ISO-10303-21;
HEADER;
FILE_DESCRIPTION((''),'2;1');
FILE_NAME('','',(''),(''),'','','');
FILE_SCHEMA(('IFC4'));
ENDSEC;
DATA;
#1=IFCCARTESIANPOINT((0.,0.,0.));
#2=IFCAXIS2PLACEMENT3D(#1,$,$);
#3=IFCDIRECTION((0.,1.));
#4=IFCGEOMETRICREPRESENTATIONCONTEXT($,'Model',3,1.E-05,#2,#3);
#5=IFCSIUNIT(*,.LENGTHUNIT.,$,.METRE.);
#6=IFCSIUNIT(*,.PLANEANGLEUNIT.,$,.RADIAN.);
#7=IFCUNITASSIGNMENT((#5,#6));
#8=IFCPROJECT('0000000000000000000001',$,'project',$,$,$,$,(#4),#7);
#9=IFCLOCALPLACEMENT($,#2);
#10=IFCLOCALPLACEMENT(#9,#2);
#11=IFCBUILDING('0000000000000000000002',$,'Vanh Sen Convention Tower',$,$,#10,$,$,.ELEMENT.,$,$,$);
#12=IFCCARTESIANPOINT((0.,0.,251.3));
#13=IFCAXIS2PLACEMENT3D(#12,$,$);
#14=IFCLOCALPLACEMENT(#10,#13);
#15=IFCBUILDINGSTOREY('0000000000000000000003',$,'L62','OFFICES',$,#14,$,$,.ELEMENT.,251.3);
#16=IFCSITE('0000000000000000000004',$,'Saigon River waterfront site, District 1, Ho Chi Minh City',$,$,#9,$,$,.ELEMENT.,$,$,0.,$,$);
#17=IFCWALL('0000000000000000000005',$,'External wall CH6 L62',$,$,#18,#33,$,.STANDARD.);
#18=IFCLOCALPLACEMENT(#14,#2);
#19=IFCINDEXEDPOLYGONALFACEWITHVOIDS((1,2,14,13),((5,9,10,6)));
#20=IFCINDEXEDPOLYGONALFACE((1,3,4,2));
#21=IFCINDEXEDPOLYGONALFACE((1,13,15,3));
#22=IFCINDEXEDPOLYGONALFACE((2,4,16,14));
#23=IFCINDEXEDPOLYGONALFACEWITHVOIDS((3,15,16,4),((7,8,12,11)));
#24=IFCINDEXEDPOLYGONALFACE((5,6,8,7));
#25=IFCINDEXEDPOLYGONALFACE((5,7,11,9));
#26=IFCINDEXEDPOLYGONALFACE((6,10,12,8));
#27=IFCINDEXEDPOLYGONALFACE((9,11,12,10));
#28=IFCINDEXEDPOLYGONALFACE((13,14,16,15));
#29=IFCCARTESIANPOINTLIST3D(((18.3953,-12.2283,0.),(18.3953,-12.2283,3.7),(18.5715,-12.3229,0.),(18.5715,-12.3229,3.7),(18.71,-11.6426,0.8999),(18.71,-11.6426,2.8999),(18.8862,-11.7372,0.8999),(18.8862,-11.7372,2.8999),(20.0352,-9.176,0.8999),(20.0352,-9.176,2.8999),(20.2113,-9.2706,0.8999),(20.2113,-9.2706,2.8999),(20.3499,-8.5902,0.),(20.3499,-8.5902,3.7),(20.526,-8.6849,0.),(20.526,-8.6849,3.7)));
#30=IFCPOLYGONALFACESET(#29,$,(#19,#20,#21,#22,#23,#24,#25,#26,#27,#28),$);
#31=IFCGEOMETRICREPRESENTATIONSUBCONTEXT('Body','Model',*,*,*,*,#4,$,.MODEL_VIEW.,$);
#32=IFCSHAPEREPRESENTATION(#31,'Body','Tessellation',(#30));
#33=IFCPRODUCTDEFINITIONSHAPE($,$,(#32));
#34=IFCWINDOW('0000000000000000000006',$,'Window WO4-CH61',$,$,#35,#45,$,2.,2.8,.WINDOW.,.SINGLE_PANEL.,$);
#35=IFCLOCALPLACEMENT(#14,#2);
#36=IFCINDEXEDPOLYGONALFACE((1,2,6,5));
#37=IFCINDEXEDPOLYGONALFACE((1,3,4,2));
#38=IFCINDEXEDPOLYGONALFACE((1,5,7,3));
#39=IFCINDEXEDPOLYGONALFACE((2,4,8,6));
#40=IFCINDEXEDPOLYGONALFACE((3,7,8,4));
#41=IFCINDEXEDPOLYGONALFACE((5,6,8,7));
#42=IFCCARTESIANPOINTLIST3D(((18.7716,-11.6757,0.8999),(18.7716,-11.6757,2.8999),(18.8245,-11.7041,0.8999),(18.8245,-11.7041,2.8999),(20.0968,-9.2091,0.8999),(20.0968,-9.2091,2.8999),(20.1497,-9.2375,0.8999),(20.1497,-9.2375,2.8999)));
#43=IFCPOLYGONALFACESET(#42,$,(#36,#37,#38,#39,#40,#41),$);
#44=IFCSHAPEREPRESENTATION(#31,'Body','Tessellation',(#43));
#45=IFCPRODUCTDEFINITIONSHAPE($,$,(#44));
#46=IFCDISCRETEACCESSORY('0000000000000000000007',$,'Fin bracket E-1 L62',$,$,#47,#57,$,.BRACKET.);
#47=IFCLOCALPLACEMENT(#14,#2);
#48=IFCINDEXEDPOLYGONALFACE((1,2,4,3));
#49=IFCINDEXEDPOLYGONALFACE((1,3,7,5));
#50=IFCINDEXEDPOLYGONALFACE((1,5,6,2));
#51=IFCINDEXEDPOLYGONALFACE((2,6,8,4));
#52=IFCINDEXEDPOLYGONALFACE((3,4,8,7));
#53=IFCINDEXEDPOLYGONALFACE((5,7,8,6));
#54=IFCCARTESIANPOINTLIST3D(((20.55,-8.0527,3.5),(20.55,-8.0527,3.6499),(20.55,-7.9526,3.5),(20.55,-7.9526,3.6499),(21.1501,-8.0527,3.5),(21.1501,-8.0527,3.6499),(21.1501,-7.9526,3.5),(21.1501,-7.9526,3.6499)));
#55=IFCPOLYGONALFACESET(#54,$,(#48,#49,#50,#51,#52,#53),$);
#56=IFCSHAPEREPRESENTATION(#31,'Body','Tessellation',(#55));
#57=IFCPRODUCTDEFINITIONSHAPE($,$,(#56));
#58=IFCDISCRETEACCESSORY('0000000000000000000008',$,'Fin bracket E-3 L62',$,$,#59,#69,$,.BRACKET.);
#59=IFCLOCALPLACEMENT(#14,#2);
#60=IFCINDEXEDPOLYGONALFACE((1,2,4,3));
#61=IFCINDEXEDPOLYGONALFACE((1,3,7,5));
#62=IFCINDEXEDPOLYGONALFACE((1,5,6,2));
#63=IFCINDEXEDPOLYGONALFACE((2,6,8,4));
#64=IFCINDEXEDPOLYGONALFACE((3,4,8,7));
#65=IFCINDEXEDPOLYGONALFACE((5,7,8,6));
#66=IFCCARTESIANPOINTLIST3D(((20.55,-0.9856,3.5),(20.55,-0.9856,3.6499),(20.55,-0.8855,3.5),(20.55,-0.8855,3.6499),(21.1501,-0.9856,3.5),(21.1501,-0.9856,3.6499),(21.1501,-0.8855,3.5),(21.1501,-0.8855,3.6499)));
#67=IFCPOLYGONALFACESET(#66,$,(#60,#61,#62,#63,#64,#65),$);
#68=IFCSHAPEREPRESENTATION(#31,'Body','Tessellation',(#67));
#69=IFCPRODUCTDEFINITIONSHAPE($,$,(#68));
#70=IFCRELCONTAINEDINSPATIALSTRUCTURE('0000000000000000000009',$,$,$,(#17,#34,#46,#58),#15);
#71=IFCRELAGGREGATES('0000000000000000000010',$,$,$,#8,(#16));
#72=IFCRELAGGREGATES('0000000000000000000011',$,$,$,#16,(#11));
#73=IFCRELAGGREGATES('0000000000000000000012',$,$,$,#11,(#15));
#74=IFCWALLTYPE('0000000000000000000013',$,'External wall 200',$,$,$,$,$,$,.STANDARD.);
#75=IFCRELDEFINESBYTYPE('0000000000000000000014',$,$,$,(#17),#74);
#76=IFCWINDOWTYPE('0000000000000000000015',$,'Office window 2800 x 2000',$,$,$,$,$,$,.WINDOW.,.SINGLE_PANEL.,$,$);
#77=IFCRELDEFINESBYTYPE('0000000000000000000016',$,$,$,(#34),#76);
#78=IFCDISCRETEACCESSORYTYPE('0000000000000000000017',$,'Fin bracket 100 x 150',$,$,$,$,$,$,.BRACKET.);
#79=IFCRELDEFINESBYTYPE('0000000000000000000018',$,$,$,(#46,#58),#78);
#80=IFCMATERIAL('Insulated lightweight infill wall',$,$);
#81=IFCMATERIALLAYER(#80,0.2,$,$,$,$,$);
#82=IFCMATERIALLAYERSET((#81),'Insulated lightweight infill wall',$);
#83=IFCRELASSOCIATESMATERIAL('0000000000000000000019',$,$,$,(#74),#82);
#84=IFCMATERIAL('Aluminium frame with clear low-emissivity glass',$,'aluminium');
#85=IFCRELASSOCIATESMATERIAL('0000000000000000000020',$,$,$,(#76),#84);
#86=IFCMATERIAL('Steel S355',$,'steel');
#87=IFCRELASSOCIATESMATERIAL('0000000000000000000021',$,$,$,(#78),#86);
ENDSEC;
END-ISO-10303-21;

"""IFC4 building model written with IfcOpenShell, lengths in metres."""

from ifc_helpers import new_model, si_unit, direction, frame, frame_2d, origin, origin_2d, place, context, subcontext, project, spatial, rectangle, extrude, material, layer, layer_set, type_object, element, fill, save


model = new_model("IFC4")

# Units and contexts
model_context = context("Model", 3, precision=1e-05, world=origin(), true_north=direction((0.0, 1.0)))
body_context = subcontext(model_context, "Body", "Model", "MODEL_VIEW")
ifc_project = project(units=[si_unit("LENGTHUNIT", "METRE"), si_unit("PLANEANGLEUNIT", "RADIAN")], contexts=[model_context])

# Site, building, storey
site_placement = place(None, origin())
site = spatial("IfcSite", under=ifc_project, at=site_placement, Name="Saigon River waterfront site, District 1, Ho Chi Minh City", CompositionType="ELEMENT", RefElevation=0.0)
building_placement = place(site_placement, origin())
building = spatial("IfcBuilding", under=site, at=building_placement, Name="Vanh Sen Convention Tower", CompositionType="ELEMENT")
storey_placement = place(building_placement, frame((0.0, 0.0, 251.3)))
storey = spatial("IfcBuildingStorey", under=building, at=storey_placement, Name="L62", Description="OFFICES", CompositionType="ELEMENT", Elevation=251.3)

# Shared definitions
ifc_material_1 = material(Name="Insulated lightweight infill wall")
ifc_layer_1 = layer(ifc_material_1, 0.2)
ifc_layer_set_1 = layer_set([ifc_layer_1], Name="Insulated lightweight infill wall")
wall_type = type_object("IfcWallType", Name="External wall 200", PredefinedType="STANDARD", material=ifc_layer_set_1)
ifc_material_2 = material(Name="Aluminium frame with clear low-emissivity glass", Category="aluminium")

# Wall, opening, window
wall_1_placement = place(storey_placement, frame((18.4834, -12.2756, 0.0), z_axis=(0.0, 0.0, 1.0), x_axis=(0.473268, 0.880919, 0.0)))
wall_1 = element("IfcWall", 1, at=wall_1_placement, inside=storey, type_object=wall_type, Name="External wall CH6 L62", PredefinedType="STANDARD", context=body_context, shape_type="SweptSolid", body=[
    extrude(rectangle(XDim=4.1299, YDim=0.2, at=frame_2d((2.0649, 0.0))), origin(), (0.0, 0.0, 1.0), 3.7),
])
opening_1_placement = place(wall_1_placement, frame((0.665, 0.0, 0.8999)))
opening_1 = element("IfcOpeningElement", 2, at=opening_1_placement, cuts=wall_1, PredefinedType="OPENING", context=body_context, shape_type="SweptSolid", body=[
    extrude(rectangle(XDim=2.8, YDim=2.0, at=frame_2d((1.3999, 1.0))), frame((0.0, 0.1099, 0.0), z_axis=(0.0, -1.0, 0.0), x_axis=(1.0, 0.0, 0.0)), (0.0, 0.0, 1.0), 0.22),
])
window_type_1 = type_object("IfcWindowType", Name="Office window 2800 x 2000", PartitioningType="SINGLE_PANEL", PredefinedType="WINDOW", material=ifc_material_2)
window_1_placement = place(opening_1_placement, origin())
window_1 = element("IfcWindow", 3, at=window_1_placement, inside=storey, type_object=window_type_1, Name="Window WO4-CH61", OverallHeight=2.0, OverallWidth=2.8, PartitioningType="SINGLE_PANEL", PredefinedType="WINDOW", context=body_context, shape_type="SweptSolid", body=[
    extrude(rectangle(XDim=2.8, YDim=2.0, at=frame_2d((1.3999, 1.0))), frame((0.0, 0.03, 0.0), z_axis=(0.0, -1.0, 0.0), x_axis=(1.0, 0.0, 0.0)), (0.0, 0.0, 1.0), 0.0601),
])
fill(opening_1, window_1)

# Discrete accessories
ifc_material_3 = material(Name="Steel S355", Category="steel")
discrete_accessory_type = type_object("IfcDiscreteAccessoryType", Name="Fin bracket 100 x 150", PredefinedType="BRACKET", material=ifc_material_3)
for number, where, z_axis, x_axis, name in (
    (4, (20.8501, -8.0027, 3.5), (0.0, 0.0, 1.0), (1.0, 0.0, 0.0), "Fin bracket E-1 L62"),
    (5, (20.8501, -0.9355, 3.5), (0.0, 0.0, 1.0), (1.0, 0.0, 0.0), "Fin bracket E-3 L62"),
):
    element("IfcDiscreteAccessory", number, at=place(storey_placement, frame(where, z_axis=z_axis, x_axis=x_axis)), inside=storey, type_object=discrete_accessory_type, Name=name, PredefinedType="BRACKET", context=body_context, shape_type="SweptSolid", body=[
        extrude(rectangle(XDim=0.6001, YDim=0.1001, at=origin_2d()), origin(), (0.0, 0.0, 1.0), 0.1499),
    ])

save(model, "model.ifc")
